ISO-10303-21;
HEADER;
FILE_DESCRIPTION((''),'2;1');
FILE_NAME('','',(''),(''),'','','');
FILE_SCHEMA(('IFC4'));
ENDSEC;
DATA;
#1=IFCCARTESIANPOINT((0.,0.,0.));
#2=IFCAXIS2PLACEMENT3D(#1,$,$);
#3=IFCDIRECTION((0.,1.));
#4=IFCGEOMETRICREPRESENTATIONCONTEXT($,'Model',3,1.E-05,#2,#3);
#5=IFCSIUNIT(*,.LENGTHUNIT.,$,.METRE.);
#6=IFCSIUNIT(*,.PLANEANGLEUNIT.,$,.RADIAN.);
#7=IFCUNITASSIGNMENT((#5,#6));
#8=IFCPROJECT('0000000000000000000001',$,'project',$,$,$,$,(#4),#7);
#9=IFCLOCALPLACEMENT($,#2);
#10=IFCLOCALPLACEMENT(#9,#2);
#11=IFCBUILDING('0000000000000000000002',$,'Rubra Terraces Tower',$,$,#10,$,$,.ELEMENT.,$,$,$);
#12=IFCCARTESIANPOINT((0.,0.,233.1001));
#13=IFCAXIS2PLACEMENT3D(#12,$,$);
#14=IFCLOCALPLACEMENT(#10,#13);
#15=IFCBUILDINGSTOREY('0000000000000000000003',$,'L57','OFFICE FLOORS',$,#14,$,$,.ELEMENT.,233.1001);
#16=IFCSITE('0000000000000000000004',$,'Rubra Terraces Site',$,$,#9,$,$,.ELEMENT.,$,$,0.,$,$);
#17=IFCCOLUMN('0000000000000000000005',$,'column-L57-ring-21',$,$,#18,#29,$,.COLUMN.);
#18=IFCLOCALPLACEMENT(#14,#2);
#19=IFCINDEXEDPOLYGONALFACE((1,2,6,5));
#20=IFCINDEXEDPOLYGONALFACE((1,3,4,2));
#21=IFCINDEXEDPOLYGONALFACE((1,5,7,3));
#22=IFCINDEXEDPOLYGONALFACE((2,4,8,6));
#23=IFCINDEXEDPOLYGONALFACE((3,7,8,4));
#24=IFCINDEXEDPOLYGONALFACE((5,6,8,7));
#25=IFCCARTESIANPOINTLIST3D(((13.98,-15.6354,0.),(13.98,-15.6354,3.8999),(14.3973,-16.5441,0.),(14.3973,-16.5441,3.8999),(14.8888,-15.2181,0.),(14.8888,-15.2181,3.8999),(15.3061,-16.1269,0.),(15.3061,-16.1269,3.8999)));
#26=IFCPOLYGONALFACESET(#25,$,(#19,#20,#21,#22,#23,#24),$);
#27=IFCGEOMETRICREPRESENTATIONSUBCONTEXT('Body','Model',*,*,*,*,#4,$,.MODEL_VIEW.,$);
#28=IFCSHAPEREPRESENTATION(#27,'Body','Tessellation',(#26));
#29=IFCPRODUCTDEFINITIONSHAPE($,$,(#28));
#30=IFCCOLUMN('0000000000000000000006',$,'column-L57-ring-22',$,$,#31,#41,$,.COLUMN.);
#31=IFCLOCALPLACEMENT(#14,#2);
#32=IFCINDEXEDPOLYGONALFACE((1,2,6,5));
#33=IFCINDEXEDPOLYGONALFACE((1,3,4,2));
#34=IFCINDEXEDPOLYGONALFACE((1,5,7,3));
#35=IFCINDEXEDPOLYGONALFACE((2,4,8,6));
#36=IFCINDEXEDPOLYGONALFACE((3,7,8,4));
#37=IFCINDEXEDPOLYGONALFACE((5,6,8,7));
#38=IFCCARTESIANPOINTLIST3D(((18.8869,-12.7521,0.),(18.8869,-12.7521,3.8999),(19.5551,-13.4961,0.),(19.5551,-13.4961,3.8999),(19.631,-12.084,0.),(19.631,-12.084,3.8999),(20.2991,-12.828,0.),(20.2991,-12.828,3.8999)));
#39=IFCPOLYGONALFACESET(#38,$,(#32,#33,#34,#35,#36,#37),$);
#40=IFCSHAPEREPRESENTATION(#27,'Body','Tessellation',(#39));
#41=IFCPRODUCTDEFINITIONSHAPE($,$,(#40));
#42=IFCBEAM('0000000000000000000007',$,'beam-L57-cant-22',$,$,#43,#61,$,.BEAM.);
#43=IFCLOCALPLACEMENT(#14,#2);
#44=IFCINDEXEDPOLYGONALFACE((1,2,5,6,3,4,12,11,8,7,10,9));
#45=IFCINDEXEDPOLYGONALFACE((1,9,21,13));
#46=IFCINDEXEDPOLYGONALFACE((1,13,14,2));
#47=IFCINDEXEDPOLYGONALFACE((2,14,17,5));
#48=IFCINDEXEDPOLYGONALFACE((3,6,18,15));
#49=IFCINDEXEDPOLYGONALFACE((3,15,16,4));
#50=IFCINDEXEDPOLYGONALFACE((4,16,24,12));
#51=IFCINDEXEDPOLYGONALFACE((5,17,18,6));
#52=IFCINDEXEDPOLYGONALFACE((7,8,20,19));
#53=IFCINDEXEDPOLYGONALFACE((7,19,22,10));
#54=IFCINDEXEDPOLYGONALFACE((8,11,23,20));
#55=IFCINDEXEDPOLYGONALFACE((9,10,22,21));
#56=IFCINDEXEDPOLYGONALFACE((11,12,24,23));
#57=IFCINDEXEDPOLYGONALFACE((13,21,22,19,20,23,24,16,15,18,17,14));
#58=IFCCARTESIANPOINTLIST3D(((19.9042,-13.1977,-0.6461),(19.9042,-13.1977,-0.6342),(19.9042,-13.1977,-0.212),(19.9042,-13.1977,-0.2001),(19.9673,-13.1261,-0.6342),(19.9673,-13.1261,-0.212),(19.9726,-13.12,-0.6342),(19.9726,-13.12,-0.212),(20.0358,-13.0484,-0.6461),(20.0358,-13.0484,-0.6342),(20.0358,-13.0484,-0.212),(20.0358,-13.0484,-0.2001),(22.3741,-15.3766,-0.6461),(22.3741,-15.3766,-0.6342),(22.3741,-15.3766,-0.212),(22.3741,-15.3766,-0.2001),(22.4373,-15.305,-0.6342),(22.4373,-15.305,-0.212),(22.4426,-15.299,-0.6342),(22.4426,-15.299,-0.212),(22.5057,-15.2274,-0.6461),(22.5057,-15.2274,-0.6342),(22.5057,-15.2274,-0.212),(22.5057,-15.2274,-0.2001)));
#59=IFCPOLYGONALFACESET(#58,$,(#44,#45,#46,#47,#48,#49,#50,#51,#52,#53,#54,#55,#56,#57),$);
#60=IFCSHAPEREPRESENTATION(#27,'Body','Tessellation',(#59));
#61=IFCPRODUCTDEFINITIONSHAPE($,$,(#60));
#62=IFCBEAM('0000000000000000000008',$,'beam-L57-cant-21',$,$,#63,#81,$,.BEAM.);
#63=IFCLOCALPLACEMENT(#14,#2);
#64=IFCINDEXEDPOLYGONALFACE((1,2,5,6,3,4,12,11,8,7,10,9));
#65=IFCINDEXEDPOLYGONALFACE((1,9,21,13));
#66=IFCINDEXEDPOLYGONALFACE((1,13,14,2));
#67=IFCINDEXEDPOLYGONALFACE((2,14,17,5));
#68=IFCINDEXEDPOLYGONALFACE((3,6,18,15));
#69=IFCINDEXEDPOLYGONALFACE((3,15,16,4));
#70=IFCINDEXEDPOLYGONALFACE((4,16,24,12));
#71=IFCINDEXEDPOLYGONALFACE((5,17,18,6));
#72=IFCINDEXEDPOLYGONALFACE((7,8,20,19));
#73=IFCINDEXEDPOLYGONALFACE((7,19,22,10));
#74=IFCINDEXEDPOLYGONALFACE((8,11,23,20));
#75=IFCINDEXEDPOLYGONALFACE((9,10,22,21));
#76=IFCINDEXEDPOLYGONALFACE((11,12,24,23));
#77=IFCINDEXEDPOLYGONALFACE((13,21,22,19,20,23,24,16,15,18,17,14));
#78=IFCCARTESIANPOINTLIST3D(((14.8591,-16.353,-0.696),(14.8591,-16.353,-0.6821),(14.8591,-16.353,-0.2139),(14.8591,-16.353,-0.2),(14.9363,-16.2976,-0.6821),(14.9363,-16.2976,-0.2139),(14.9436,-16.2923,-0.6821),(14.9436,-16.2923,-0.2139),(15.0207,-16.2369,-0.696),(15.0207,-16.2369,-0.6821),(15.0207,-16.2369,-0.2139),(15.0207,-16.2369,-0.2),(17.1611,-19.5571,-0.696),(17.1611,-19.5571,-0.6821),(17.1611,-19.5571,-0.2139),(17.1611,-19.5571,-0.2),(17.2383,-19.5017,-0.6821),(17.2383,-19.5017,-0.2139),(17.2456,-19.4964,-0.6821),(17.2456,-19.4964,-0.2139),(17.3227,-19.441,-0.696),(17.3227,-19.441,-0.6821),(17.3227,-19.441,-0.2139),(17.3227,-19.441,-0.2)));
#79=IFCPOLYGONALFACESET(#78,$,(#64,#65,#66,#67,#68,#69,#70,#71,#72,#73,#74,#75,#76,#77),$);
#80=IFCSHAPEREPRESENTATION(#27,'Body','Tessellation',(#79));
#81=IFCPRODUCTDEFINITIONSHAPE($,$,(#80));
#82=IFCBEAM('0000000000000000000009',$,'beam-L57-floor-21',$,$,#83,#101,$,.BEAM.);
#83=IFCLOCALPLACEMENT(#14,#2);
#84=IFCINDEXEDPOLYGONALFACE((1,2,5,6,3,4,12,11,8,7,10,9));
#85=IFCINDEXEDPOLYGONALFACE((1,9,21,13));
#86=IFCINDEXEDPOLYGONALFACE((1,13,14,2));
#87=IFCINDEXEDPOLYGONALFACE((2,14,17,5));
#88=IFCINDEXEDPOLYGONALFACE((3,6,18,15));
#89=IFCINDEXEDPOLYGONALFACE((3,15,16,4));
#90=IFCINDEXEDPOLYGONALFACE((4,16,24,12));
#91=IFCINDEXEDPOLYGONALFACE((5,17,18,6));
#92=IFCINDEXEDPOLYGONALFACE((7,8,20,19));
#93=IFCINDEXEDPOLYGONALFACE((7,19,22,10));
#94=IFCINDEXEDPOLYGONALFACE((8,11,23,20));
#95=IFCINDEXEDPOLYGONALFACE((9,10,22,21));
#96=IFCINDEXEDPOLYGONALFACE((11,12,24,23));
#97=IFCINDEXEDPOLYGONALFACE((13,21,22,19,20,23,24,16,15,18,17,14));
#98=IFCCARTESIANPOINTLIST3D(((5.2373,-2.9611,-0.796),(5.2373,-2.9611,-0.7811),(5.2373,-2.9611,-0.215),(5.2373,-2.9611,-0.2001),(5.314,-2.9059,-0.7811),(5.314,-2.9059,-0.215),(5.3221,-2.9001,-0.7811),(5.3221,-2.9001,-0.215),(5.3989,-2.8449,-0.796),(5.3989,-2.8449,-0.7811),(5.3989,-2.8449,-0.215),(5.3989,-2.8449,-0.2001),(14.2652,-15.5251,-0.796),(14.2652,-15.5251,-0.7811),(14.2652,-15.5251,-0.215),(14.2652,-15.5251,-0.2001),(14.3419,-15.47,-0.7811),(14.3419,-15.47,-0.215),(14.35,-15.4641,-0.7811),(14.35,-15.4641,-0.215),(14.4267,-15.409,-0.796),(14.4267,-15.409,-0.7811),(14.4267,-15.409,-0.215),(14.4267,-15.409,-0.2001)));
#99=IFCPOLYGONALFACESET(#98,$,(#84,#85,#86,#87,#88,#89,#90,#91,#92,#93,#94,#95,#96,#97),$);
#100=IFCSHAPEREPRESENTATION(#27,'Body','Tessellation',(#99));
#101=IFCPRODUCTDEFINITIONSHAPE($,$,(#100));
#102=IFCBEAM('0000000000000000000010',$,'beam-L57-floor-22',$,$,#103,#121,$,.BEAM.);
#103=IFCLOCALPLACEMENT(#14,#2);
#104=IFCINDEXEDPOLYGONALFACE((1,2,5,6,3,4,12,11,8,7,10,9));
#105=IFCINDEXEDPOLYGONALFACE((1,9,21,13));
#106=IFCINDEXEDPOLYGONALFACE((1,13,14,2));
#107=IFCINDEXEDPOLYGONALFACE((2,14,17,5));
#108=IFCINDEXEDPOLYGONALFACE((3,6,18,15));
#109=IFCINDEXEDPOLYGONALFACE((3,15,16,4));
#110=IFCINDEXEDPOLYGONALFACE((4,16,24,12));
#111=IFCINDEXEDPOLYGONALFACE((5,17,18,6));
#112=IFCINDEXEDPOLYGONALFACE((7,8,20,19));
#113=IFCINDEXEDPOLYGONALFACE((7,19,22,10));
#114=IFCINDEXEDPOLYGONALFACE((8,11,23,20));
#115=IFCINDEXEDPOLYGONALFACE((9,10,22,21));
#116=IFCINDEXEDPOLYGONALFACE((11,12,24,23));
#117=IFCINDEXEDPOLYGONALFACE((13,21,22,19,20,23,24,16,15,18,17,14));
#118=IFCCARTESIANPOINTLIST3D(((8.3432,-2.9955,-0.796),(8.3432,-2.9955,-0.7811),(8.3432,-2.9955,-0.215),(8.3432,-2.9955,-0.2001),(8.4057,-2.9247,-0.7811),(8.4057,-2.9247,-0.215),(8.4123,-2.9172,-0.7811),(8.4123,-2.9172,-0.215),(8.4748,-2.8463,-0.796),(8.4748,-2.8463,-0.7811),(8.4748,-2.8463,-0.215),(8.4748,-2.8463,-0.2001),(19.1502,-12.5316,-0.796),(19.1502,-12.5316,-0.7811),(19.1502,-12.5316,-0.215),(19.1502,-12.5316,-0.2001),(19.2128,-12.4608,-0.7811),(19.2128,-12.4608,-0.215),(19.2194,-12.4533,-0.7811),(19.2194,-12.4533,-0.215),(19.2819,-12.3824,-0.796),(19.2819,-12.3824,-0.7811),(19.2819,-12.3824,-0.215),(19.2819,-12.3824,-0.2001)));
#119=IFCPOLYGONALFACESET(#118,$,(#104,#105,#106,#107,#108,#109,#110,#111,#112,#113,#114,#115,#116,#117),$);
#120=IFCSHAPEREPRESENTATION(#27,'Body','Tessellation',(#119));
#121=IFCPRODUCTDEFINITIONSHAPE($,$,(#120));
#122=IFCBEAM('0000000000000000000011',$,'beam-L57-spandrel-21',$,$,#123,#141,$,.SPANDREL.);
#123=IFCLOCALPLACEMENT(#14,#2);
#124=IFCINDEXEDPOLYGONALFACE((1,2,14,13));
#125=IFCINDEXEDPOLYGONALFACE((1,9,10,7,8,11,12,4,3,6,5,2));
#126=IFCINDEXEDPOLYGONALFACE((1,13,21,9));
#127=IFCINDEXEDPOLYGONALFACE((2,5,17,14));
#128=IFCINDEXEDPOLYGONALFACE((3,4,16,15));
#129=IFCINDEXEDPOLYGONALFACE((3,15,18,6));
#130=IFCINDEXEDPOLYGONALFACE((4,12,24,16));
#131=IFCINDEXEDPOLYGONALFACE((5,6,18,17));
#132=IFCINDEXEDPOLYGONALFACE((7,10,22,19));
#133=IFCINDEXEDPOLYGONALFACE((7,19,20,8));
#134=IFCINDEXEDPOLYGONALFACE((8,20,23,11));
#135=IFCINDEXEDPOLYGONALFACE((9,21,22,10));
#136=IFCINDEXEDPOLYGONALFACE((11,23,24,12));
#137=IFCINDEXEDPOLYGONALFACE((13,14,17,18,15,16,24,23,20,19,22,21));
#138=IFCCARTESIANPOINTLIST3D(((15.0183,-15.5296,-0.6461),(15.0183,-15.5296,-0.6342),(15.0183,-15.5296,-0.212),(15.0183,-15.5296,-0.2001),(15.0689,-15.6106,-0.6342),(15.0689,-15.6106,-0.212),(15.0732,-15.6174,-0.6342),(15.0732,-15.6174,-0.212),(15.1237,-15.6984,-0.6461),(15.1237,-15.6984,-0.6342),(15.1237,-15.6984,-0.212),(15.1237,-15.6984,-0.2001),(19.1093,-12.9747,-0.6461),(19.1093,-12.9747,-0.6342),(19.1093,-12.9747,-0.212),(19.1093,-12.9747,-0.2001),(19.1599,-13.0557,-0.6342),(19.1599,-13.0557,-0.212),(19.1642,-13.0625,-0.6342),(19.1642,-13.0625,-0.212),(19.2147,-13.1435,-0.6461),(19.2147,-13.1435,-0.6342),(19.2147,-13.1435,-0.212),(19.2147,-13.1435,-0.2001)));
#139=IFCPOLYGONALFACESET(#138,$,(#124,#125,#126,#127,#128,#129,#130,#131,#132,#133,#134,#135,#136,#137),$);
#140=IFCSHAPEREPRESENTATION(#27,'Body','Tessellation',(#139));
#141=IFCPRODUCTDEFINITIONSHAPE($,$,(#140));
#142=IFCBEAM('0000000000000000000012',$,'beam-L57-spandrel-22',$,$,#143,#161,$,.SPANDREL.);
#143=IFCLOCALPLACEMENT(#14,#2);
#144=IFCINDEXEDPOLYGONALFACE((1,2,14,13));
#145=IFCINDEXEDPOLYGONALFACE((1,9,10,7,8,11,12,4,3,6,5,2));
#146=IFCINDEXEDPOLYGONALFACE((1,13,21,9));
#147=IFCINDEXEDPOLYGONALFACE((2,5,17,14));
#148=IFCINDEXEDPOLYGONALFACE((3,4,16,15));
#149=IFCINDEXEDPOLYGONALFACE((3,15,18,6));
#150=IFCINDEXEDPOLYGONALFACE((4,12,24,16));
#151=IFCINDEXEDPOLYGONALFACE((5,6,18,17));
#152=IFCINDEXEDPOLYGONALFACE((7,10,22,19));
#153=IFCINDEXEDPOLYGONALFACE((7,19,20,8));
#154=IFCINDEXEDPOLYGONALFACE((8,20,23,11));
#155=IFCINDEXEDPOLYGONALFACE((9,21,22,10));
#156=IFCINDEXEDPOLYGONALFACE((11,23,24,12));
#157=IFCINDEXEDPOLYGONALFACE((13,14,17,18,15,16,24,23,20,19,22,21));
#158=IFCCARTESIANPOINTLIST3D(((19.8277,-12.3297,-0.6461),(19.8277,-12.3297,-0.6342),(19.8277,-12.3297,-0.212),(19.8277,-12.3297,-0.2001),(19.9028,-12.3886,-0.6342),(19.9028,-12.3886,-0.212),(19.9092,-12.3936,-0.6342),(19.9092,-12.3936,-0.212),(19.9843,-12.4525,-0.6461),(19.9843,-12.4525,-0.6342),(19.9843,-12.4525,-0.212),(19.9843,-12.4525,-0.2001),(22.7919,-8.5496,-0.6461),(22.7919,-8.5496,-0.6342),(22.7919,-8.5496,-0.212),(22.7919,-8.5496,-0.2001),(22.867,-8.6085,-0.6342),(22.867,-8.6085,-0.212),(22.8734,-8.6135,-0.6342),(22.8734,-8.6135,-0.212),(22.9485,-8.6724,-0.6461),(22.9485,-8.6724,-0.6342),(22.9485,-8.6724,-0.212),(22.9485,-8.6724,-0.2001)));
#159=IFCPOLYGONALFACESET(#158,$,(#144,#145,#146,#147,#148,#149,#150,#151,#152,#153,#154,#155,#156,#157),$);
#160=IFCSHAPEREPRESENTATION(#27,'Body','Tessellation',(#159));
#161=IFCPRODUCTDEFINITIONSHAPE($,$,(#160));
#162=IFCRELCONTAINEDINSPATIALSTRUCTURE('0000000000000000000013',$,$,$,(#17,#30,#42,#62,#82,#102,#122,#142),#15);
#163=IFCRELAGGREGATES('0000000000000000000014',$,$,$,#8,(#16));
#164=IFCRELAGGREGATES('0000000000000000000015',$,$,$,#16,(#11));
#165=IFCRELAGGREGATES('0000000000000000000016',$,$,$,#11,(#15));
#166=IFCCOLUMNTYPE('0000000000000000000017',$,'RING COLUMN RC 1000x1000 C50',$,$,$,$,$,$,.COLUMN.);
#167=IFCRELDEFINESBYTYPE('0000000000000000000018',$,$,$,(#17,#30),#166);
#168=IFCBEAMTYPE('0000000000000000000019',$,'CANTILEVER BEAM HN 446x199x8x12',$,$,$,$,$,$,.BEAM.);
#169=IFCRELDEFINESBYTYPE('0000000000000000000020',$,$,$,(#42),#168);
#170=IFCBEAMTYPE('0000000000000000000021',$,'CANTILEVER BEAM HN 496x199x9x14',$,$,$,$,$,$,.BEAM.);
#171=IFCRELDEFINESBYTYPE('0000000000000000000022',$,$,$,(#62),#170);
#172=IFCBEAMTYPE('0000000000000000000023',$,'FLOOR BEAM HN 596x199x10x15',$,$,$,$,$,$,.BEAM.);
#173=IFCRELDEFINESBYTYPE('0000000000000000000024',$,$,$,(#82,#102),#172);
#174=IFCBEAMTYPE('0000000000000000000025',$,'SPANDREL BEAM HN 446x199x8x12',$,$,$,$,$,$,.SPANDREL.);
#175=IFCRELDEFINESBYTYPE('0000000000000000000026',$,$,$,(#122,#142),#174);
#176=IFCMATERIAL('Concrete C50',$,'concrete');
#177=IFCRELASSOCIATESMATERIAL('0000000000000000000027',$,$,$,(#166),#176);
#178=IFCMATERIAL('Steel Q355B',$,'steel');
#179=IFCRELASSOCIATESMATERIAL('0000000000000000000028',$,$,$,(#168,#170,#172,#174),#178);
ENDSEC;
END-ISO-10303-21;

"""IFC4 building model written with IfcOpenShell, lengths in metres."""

from ifc_helpers import new_model, si_unit, direction, frame, origin, origin_2d, place, context, subcontext, project, spatial, rectangle, i_section, extrude, material, material_profile, profile_set, type_object, element, save


model = new_model("IFC4")

# Units and contexts
model_context = context("Model", 3, precision=1e-05, world=origin(), true_north=direction((0.0, 1.0)))
body_context = subcontext(model_context, "Body", "Model", "MODEL_VIEW")
ifc_project = project(units=[si_unit("LENGTHUNIT", "METRE"), si_unit("PLANEANGLEUNIT", "RADIAN")], contexts=[model_context])

# Site, building, storey
site_placement = place(None, origin())
site = spatial("IfcSite", under=ifc_project, at=site_placement, Name="Rubra Terraces Site", CompositionType="ELEMENT", RefElevation=0.0)
building_placement = place(site_placement, origin())
building = spatial("IfcBuilding", under=site, at=building_placement, Name="Rubra Terraces Tower", CompositionType="ELEMENT")
storey_placement = place(building_placement, frame((0.0, 0.0, 233.1001)))
storey = spatial("IfcBuildingStorey", under=building, at=storey_placement, Name="L57", Description="OFFICE FLOORS", CompositionType="ELEMENT", Elevation=233.1001)

# Columns
ifc_material_1 = material(Name="Concrete C50", Category="concrete")
ifc_material_profile_1 = material_profile(ifc_material_1, rectangle(XDim=1.0, YDim=1.0, at=origin_2d()), Name="RC 1000x1000")
ifc_profile_set_1 = profile_set([ifc_material_profile_1], Name="Concrete C50")
column_type = type_object("IfcColumnType", Name="RING COLUMN RC 1000x1000 C50", PredefinedType="COLUMN", material=ifc_profile_set_1)
for number, where, z_axis, x_axis, name in (
    (1, (14.6431, -15.8811, 0.0), (0.0, 0.0, 1.0), (0.908779, 0.417279, 0.0), "column-L57-ring-21"),
    (2, (19.593, -12.79, 0.0), (0.0, 0.0, 1.0), (0.744021, 0.668156, 0.0), "column-L57-ring-22"),
):
    element("IfcColumn", number, at=place(storey_placement, frame(where, z_axis=z_axis, x_axis=x_axis)), inside=storey, type_object=column_type, Name=name, PredefinedType="COLUMN", context=body_context, shape_type="SweptSolid", body=[
        extrude(rectangle(XDim=1.0, YDim=1.0, at=origin_2d()), origin(), (0.0, 0.0, 1.0), 3.8999),
    ])

# Beams
ifc_material_2 = material(Name="Steel Q355B", Category="steel")
ifc_material_profile_2 = material_profile(ifc_material_2, i_section(OverallWidth=0.199, OverallDepth=0.446, WebThickness=0.0081, FlangeThickness=0.012, at=origin_2d()), Name="HN 446x199x8x12")
ifc_profile_set_2 = profile_set([ifc_material_profile_2], Name="Steel Q355B")
beam_type_1 = type_object("IfcBeamType", Name="CANTILEVER BEAM HN 446x199x8x12", PredefinedType="BEAM", material=ifc_profile_set_2)
beam_1_placement = place(storey_placement, frame((19.97, -13.123, -0.4231), z_axis=(0.749903, -0.661548, 0.0), x_axis=(0.661548, 0.749903, 0.0)))
element("IfcBeam", 3, at=beam_1_placement, inside=storey, type_object=beam_type_1, Name="beam-L57-cant-22", PredefinedType="BEAM", context=body_context, shape_type="SweptSolid", body=[
    extrude(i_section(OverallWidth=0.199, OverallDepth=0.446, WebThickness=0.0081, FlangeThickness=0.012, at=origin_2d()), origin(), (0.0, 0.0, 1.0), 3.2937),
])
ifc_material_profile_3 = material_profile(ifc_material_2, i_section(OverallWidth=0.199, OverallDepth=0.4961, WebThickness=0.009, FlangeThickness=0.0139, at=origin_2d()), Name="HN 496x199x9x14")
ifc_profile_set_3 = profile_set([ifc_material_profile_3], Name="Steel Q355B")
beam_type_2 = type_object("IfcBeamType", Name="CANTILEVER BEAM HN 496x199x9x14", PredefinedType="BEAM", material=ifc_profile_set_3)
beam_2_placement = place(storey_placement, frame((14.9399, -16.2949, -0.448), z_axis=(0.583478, -0.812129, 0.0), x_axis=(0.812129, 0.583478, 0.0)))
element("IfcBeam", 4, at=beam_2_placement, inside=storey, type_object=beam_type_2, Name="beam-L57-cant-21", PredefinedType="BEAM", context=body_context, shape_type="SweptSolid", body=[
    extrude(i_section(OverallWidth=0.199, OverallDepth=0.4961, WebThickness=0.009, FlangeThickness=0.0139, at=origin_2d()), origin(), (0.0, 0.0, 1.0), 3.9453),
])
ifc_material_profile_4 = material_profile(ifc_material_2, i_section(OverallWidth=0.199, OverallDepth=0.5959, WebThickness=0.01, FlangeThickness=0.0149, at=origin_2d()), Name="HN 596x199x10x15")
ifc_profile_set_4 = profile_set([ifc_material_profile_4], Name="Steel Q355B")
beam_type_3 = type_object("IfcBeamType", Name="FLOOR BEAM HN 596x199x10x15", PredefinedType="BEAM", material=ifc_profile_set_4)
beam_3_placement = place(storey_placement, frame((14.3459, -15.467, -0.498), z_axis=(-0.583529, 0.812092, 0.0), x_axis=(-0.812092, -0.583529, 0.0)))
element("IfcBeam", 5, at=beam_3_placement, inside=storey, type_object=beam_type_3, Name="beam-L57-floor-21", PredefinedType="BEAM", context=body_context, shape_type="SweptSolid", body=[
    extrude(i_section(OverallWidth=0.199, OverallDepth=0.5959, WebThickness=0.01, FlangeThickness=0.0149, at=origin_2d()), origin(), (0.0, 0.0, 1.0), 15.4712),
])
beam_4_placement = place(storey_placement, frame((19.2161, -12.457, -0.498), z_axis=(-0.749823, 0.661638, 0.0), x_axis=(-0.661638, -0.749823, 0.0)))
element("IfcBeam", 6, at=beam_4_placement, inside=storey, type_object=beam_type_3, Name="beam-L57-floor-22", PredefinedType="BEAM", context=body_context, shape_type="SweptSolid", body=[
    extrude(i_section(OverallWidth=0.199, OverallDepth=0.5959, WebThickness=0.01, FlangeThickness=0.0149, at=origin_2d()), origin(), (0.0, 0.0, 1.0), 14.4128),
])
ifc_material_profile_5 = material_profile(ifc_material_2, i_section(OverallWidth=0.199, OverallDepth=0.446, WebThickness=0.0081, FlangeThickness=0.012, at=origin_2d()), Name="HN 446x199x8x12")
ifc_profile_set_5 = profile_set([ifc_material_profile_5], Name="Steel Q355B")
beam_type_4 = type_object("IfcBeamType", Name="SPANDREL BEAM HN 446x199x8x12", PredefinedType="SPANDREL", material=ifc_profile_set_5)
beam_5_placement = place(storey_placement, frame((15.071, -15.614, -0.4231), z_axis=(0.848183, 0.529703, 0.0), x_axis=(-0.529703, 0.848183, 0.0)))
element("IfcBeam", 7, at=beam_5_placement, inside=storey, type_object=beam_type_4, Name="beam-L57-spandrel-21", PredefinedType="SPANDREL", context=body_context, shape_type="SweptSolid", body=[
    extrude(i_section(OverallWidth=0.199, OverallDepth=0.446, WebThickness=0.0081, FlangeThickness=0.012, at=origin_2d()), origin(), (0.0, 0.0, 1.0), 4.8232),
])
beam_6_placement = place(storey_placement, frame((19.906, -12.3911, -0.4231), z_axis=(0.61706, 0.786916, 0.0), x_axis=(-0.786916, 0.61706, 0.0)))
element("IfcBeam", 8, at=beam_6_placement, inside=storey, type_object=beam_type_4, Name="beam-L57-spandrel-22", PredefinedType="SPANDREL", context=body_context, shape_type="SweptSolid", body=[
    extrude(i_section(OverallWidth=0.199, OverallDepth=0.446, WebThickness=0.0081, FlangeThickness=0.012, at=origin_2d()), origin(), (0.0, 0.0, 1.0), 4.8037),
])

save(model, "model.ifc")
